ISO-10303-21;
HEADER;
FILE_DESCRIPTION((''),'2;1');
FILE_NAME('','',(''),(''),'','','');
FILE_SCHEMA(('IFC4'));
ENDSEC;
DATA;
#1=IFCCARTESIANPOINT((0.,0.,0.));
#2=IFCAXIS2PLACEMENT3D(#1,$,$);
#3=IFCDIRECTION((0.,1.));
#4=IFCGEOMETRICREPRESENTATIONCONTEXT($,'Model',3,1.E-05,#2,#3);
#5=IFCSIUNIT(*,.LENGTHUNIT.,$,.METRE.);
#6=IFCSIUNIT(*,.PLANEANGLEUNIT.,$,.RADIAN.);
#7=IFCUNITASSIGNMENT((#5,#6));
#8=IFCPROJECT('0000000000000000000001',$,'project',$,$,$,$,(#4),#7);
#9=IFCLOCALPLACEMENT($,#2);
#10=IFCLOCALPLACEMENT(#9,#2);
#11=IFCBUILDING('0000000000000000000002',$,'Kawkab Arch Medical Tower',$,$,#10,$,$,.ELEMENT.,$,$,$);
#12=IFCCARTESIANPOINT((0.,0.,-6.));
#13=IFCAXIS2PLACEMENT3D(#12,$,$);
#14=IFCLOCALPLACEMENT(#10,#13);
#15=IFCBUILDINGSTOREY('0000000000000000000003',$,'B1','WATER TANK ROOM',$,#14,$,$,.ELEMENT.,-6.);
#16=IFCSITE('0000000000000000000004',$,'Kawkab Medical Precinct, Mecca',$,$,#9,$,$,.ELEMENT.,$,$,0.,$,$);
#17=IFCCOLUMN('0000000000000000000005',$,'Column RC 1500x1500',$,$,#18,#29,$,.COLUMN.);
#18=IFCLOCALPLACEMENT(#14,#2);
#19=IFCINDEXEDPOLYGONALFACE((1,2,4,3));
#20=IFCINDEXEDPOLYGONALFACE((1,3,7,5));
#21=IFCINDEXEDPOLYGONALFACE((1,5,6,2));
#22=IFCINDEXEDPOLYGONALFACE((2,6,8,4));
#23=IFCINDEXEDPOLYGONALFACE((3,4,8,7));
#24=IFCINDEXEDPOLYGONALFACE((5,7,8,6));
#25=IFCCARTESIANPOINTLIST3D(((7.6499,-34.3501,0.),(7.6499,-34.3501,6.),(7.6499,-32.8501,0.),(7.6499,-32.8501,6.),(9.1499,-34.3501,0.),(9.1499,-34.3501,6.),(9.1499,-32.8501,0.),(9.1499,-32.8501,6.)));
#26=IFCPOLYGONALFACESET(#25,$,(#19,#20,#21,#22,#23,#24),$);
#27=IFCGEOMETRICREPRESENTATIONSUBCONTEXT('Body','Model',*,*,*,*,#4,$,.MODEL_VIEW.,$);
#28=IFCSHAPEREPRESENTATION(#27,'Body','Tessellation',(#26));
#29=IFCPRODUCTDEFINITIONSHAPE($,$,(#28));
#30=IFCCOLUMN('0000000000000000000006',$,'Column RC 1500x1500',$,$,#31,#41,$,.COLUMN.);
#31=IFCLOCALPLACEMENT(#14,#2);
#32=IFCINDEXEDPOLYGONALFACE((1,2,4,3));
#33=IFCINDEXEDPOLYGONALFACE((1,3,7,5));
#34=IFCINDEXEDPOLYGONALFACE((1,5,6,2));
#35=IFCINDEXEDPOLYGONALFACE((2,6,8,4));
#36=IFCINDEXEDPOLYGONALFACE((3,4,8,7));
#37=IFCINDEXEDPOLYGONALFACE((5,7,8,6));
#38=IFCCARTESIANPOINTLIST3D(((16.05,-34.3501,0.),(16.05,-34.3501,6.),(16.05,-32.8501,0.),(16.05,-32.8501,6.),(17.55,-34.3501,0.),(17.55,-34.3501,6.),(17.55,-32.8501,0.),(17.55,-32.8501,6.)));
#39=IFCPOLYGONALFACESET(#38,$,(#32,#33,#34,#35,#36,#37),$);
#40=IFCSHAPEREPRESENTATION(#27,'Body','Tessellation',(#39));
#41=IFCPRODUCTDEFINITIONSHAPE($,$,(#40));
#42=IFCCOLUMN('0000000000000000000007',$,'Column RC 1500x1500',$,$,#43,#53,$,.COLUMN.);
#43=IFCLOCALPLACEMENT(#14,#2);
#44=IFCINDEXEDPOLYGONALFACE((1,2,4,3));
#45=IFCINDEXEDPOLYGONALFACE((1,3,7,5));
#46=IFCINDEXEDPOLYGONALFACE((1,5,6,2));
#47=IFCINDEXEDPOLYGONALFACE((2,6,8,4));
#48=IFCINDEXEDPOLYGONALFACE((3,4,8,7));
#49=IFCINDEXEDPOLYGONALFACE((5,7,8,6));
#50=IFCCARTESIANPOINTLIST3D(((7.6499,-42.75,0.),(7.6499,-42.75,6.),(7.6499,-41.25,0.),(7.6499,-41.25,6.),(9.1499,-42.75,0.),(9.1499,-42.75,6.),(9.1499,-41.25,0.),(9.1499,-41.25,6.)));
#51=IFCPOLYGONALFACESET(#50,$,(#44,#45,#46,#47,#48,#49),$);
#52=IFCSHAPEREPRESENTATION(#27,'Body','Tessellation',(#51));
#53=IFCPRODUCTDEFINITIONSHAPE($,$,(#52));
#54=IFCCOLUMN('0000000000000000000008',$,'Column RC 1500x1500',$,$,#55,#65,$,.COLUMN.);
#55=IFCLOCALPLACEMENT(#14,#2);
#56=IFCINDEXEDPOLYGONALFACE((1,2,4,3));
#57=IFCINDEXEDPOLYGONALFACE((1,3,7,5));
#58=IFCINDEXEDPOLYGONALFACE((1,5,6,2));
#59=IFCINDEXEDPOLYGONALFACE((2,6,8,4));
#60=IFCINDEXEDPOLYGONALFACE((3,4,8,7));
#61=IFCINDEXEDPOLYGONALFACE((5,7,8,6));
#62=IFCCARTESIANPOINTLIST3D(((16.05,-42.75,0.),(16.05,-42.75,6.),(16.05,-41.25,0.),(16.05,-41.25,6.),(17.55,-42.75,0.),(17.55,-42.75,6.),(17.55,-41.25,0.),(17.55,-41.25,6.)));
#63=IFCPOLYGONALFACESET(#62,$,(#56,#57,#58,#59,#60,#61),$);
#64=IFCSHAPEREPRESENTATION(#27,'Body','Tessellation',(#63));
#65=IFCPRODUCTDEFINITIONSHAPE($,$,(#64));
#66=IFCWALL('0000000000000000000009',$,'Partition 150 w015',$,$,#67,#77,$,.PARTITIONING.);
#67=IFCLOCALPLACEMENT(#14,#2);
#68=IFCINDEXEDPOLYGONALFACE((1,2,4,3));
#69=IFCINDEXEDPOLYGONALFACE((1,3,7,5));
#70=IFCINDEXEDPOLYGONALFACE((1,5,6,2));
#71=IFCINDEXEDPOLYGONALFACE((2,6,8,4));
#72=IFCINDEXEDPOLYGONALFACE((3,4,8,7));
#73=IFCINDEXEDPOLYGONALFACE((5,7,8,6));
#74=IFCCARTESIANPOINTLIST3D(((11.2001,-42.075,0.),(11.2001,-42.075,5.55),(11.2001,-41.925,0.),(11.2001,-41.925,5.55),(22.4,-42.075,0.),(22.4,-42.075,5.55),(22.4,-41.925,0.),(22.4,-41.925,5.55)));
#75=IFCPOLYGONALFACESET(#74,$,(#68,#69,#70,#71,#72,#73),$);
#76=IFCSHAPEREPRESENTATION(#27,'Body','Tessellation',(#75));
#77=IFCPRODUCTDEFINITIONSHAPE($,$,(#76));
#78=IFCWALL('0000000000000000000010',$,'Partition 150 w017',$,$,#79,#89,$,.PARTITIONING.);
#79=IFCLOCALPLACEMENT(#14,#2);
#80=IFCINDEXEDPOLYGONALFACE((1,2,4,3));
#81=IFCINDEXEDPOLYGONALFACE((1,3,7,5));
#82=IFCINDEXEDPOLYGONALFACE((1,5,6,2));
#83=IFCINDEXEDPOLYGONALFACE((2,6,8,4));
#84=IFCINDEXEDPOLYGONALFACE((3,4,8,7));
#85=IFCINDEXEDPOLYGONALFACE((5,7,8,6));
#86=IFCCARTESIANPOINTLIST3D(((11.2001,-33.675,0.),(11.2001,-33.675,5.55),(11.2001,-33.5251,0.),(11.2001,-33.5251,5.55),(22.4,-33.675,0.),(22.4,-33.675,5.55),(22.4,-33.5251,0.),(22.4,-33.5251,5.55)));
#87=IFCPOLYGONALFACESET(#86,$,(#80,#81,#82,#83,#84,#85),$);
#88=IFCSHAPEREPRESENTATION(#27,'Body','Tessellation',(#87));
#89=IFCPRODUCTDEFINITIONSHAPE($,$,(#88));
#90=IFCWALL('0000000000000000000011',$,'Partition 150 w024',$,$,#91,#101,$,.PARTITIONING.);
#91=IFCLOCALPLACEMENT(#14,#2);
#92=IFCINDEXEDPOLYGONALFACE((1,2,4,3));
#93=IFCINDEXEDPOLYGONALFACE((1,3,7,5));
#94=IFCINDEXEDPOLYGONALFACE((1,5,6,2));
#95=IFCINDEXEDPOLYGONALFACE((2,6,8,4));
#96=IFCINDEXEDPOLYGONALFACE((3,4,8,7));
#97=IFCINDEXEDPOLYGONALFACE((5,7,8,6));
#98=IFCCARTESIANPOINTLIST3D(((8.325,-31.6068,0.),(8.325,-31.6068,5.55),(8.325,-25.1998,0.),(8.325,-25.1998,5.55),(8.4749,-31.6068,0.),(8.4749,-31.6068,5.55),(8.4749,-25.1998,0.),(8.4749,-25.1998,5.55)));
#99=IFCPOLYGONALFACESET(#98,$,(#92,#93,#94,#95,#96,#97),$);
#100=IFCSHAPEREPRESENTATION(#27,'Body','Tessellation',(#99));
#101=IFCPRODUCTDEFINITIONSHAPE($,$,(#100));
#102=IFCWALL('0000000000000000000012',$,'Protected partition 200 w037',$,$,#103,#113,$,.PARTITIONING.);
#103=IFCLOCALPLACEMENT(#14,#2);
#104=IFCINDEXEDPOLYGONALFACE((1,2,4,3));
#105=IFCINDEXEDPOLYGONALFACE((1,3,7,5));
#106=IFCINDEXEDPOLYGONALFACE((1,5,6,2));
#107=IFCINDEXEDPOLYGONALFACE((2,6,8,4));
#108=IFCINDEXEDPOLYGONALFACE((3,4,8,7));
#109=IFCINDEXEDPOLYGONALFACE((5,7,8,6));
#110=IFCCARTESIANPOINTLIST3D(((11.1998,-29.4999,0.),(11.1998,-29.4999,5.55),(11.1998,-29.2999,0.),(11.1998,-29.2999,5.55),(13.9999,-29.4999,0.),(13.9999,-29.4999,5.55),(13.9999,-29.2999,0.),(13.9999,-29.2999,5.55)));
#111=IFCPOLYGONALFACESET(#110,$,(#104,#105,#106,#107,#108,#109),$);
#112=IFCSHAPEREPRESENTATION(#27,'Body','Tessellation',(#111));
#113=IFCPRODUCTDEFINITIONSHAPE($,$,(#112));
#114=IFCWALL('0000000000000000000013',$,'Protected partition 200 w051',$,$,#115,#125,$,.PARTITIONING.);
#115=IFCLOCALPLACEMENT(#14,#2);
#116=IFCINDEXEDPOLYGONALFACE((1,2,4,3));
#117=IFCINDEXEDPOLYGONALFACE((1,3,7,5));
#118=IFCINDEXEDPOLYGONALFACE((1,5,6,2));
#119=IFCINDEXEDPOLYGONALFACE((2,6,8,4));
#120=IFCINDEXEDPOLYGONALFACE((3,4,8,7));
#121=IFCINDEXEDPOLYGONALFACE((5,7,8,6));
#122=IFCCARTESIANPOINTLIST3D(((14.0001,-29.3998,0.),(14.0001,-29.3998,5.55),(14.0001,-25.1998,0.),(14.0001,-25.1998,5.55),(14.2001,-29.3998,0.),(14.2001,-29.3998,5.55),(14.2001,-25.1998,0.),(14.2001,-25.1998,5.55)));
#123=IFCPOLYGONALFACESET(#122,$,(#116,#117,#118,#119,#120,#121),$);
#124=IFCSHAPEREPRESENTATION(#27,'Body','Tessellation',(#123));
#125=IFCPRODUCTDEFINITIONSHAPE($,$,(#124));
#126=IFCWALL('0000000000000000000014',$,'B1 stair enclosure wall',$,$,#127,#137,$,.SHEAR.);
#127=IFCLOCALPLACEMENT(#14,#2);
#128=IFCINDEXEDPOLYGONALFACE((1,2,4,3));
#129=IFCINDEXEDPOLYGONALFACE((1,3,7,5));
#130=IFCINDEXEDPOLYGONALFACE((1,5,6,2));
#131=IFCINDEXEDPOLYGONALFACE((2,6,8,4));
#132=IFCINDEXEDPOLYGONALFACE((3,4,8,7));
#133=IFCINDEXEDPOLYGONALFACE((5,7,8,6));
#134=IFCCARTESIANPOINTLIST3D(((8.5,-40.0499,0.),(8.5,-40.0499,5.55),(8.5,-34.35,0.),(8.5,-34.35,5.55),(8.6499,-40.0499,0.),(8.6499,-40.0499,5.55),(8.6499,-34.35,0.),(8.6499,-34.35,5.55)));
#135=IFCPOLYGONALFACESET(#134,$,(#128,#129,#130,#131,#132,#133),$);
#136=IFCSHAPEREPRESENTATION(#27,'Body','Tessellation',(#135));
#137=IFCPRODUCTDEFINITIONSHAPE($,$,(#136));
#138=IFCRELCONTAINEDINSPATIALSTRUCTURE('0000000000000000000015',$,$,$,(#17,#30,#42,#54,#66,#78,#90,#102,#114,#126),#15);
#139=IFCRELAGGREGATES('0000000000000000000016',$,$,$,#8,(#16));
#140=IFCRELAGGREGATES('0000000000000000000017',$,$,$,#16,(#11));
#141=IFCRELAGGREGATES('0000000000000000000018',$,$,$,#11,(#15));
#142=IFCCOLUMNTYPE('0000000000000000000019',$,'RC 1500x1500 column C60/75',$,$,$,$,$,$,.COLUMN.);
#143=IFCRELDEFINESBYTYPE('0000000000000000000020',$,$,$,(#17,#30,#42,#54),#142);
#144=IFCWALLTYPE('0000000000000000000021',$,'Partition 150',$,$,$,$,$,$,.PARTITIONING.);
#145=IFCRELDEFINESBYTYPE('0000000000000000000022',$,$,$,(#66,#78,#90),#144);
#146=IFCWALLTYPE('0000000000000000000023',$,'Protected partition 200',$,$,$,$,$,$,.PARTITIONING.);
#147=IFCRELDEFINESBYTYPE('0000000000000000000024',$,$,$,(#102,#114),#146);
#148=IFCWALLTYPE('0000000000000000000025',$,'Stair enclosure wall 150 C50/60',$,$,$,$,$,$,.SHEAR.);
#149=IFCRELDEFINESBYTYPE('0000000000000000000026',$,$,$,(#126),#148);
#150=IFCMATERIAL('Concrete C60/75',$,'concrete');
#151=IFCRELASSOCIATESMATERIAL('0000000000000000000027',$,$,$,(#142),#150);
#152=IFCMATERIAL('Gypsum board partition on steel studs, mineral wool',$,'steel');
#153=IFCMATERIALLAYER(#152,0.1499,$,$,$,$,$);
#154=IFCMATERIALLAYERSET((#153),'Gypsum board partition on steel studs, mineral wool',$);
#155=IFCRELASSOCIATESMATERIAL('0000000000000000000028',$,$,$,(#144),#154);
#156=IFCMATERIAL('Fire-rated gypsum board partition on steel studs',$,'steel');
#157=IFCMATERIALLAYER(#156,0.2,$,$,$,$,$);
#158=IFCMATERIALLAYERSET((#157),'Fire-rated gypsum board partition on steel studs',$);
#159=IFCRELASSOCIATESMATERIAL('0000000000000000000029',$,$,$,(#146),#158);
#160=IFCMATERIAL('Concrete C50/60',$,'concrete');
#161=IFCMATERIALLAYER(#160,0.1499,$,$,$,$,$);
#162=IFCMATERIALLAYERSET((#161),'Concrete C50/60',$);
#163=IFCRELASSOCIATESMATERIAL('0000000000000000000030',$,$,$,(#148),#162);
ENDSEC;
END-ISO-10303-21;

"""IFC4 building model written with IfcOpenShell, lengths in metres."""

from ifc_helpers import new_model, si_unit, direction, frame, frame_2d, origin, origin_2d, place, context, subcontext, project, spatial, rectangle, extrude, material, layer, layer_set, material_profile, profile_set, type_object, element, save


model = new_model("IFC4")

# Units and contexts
model_context = context("Model", 3, precision=1e-05, world=origin(), true_north=direction((0.0, 1.0)))
body_context = subcontext(model_context, "Body", "Model", "MODEL_VIEW")
ifc_project = project(units=[si_unit("LENGTHUNIT", "METRE"), si_unit("PLANEANGLEUNIT", "RADIAN")], contexts=[model_context])

# Site, building, storey
site_placement = place(None, origin())
site = spatial("IfcSite", under=ifc_project, at=site_placement, Name="Kawkab Medical Precinct, Mecca", CompositionType="ELEMENT", RefElevation=0.0)
building_placement = place(site_placement, origin())
building = spatial("IfcBuilding", under=site, at=building_placement, Name="Kawkab Arch Medical Tower", CompositionType="ELEMENT")
storey_placement = place(building_placement, frame((0.0, 0.0, -6.0)))
storey = spatial("IfcBuildingStorey", under=building, at=storey_placement, Name="B1", Description="WATER TANK ROOM", CompositionType="ELEMENT", Elevation=-6.0)

# Columns
ifc_material_1 = material(Name="Concrete C60/75", Category="concrete")
ifc_material_profile_1 = material_profile(ifc_material_1, rectangle(XDim=1.5, YDim=1.5, at=origin_2d()), Name="RC 1500x1500")
ifc_profile_set_1 = profile_set([ifc_material_profile_1], Name="Concrete C60/75")
column_type = type_object("IfcColumnType", Name="RC 1500x1500 column C60/75", PredefinedType="COLUMN", material=ifc_profile_set_1)
for number, where, z_axis, x_axis, name in (
    (1, (8.3999, -33.6001, 0.0), (0.0, 0.0, 1.0), (1.0, 0.0, 0.0), "Column RC 1500x1500"),
    (2, (16.8, -33.6001, 0.0), (0.0, 0.0, 1.0), (1.0, 0.0, 0.0), "Column RC 1500x1500"),
    (3, (8.3999, -42.0, 0.0), (0.0, 0.0, 1.0), (1.0, 0.0, 0.0), "Column RC 1500x1500"),
    (4, (16.8, -42.0, 0.0), (0.0, 0.0, 1.0), (1.0, 0.0, 0.0), "Column RC 1500x1500"),
):
    element("IfcColumn", number, at=place(storey_placement, frame(where, z_axis=z_axis, x_axis=x_axis)), inside=storey, type_object=column_type, Name=name, PredefinedType="COLUMN", context=body_context, shape_type="SweptSolid", body=[
        extrude(rectangle(XDim=1.5, YDim=1.5, at=origin_2d()), origin(), (0.0, 0.0, 1.0), 6.0),
    ])

# Walls
ifc_material_2 = material(Name="Gypsum board partition on steel studs, mineral wool", Category="steel")
ifc_layer_1 = layer(ifc_material_2, 0.1499)
ifc_layer_set_1 = layer_set([ifc_layer_1], Name="Gypsum board partition on steel studs, mineral wool")
wall_type_1 = type_object("IfcWallType", Name="Partition 150", PredefinedType="PARTITIONING", material=ifc_layer_set_1)
for number, where, z_axis, x_axis, name in (
    (5, (11.2, -42.0, 0.0), (0.0, 0.0, 1.0), (1.0, 0.0, 0.0), "Partition 150 w015"),
    (6, (11.2, -33.6001, 0.0), (0.0, 0.0, 1.0), (1.0, 0.0, 0.0), "Partition 150 w017"),
):
    element("IfcWall", number, at=place(storey_placement, frame(where, z_axis=z_axis, x_axis=x_axis)), inside=storey, type_object=wall_type_1, Name=name, PredefinedType="PARTITIONING", context=body_context, shape_type="SweptSolid", body=[
        extrude(rectangle(XDim=11.2, YDim=0.1499, at=frame_2d((5.6001, 0.0))), origin(), (0.0, 0.0, 1.0), 5.55),
    ])
wall_1_placement = place(storey_placement, frame((8.3999, -31.6069, 0.0), z_axis=(0.0, 0.0, 1.0), x_axis=(0.0, 1.0, 0.0)))
element("IfcWall", 7, at=wall_1_placement, inside=storey, type_object=wall_type_1, Name="Partition 150 w024", PredefinedType="PARTITIONING", context=body_context, shape_type="SweptSolid", body=[
    extrude(rectangle(XDim=6.407, YDim=0.1499, at=frame_2d((3.2036, 0.0))), origin(), (0.0, 0.0, 1.0), 5.55),
])
ifc_material_3 = material(Name="Fire-rated gypsum board partition on steel studs", Category="steel")
ifc_layer_2 = layer(ifc_material_3, 0.2)
ifc_layer_set_2 = layer_set([ifc_layer_2], Name="Fire-rated gypsum board partition on steel studs")
wall_type_2 = type_object("IfcWallType", Name="Protected partition 200", PredefinedType="PARTITIONING", material=ifc_layer_set_2)
wall_2_placement = place(storey_placement, frame((11.2, -29.3999, 0.0), z_axis=(0.0, 0.0, 1.0), x_axis=(1.0, 0.0, 0.0)))
element("IfcWall", 8, at=wall_2_placement, inside=storey, type_object=wall_type_2, Name="Protected partition 200 w037", PredefinedType="PARTITIONING", context=body_context, shape_type="SweptSolid", body=[
    extrude(rectangle(XDim=2.8, YDim=0.2, at=frame_2d((1.3999, 0.0))), origin(), (0.0, 0.0, 1.0), 5.55),
])
wall_3_placement = place(storey_placement, frame((14.1001, -29.3999, 0.0), z_axis=(0.0, 0.0, 1.0), x_axis=(0.0, 1.0, 0.0)))
element("IfcWall", 9, at=wall_3_placement, inside=storey, type_object=wall_type_2, Name="Protected partition 200 w051", PredefinedType="PARTITIONING", context=body_context, shape_type="SweptSolid", body=[
    extrude(rectangle(XDim=4.2, YDim=0.2, at=frame_2d((2.1001, 0.0))), origin(), (0.0, 0.0, 1.0), 5.55),
])
ifc_material_4 = material(Name="Concrete C50/60", Category="concrete")
ifc_layer_3 = layer(ifc_material_4, 0.1499)
ifc_layer_set_3 = layer_set([ifc_layer_3], Name="Concrete C50/60")
wall_type_3 = type_object("IfcWallType", Name="Stair enclosure wall 150 C50/60", PredefinedType="SHEAR", material=ifc_layer_set_3)
wall_4_placement = place(storey_placement, frame((8.575, -40.05, 0.0), z_axis=(0.0, 0.0, 1.0), x_axis=(0.0, 1.0, 0.0)))
element("IfcWall", 10, at=wall_4_placement, inside=storey, type_object=wall_type_3, Name="B1 stair enclosure wall", PredefinedType="SHEAR", context=body_context, shape_type="SweptSolid", body=[
    extrude(rectangle(XDim=5.7, YDim=0.1499, at=frame_2d((2.8501, 0.0))), origin(), (0.0, 0.0, 1.0), 5.55),
])

save(model, "model.ifc")
